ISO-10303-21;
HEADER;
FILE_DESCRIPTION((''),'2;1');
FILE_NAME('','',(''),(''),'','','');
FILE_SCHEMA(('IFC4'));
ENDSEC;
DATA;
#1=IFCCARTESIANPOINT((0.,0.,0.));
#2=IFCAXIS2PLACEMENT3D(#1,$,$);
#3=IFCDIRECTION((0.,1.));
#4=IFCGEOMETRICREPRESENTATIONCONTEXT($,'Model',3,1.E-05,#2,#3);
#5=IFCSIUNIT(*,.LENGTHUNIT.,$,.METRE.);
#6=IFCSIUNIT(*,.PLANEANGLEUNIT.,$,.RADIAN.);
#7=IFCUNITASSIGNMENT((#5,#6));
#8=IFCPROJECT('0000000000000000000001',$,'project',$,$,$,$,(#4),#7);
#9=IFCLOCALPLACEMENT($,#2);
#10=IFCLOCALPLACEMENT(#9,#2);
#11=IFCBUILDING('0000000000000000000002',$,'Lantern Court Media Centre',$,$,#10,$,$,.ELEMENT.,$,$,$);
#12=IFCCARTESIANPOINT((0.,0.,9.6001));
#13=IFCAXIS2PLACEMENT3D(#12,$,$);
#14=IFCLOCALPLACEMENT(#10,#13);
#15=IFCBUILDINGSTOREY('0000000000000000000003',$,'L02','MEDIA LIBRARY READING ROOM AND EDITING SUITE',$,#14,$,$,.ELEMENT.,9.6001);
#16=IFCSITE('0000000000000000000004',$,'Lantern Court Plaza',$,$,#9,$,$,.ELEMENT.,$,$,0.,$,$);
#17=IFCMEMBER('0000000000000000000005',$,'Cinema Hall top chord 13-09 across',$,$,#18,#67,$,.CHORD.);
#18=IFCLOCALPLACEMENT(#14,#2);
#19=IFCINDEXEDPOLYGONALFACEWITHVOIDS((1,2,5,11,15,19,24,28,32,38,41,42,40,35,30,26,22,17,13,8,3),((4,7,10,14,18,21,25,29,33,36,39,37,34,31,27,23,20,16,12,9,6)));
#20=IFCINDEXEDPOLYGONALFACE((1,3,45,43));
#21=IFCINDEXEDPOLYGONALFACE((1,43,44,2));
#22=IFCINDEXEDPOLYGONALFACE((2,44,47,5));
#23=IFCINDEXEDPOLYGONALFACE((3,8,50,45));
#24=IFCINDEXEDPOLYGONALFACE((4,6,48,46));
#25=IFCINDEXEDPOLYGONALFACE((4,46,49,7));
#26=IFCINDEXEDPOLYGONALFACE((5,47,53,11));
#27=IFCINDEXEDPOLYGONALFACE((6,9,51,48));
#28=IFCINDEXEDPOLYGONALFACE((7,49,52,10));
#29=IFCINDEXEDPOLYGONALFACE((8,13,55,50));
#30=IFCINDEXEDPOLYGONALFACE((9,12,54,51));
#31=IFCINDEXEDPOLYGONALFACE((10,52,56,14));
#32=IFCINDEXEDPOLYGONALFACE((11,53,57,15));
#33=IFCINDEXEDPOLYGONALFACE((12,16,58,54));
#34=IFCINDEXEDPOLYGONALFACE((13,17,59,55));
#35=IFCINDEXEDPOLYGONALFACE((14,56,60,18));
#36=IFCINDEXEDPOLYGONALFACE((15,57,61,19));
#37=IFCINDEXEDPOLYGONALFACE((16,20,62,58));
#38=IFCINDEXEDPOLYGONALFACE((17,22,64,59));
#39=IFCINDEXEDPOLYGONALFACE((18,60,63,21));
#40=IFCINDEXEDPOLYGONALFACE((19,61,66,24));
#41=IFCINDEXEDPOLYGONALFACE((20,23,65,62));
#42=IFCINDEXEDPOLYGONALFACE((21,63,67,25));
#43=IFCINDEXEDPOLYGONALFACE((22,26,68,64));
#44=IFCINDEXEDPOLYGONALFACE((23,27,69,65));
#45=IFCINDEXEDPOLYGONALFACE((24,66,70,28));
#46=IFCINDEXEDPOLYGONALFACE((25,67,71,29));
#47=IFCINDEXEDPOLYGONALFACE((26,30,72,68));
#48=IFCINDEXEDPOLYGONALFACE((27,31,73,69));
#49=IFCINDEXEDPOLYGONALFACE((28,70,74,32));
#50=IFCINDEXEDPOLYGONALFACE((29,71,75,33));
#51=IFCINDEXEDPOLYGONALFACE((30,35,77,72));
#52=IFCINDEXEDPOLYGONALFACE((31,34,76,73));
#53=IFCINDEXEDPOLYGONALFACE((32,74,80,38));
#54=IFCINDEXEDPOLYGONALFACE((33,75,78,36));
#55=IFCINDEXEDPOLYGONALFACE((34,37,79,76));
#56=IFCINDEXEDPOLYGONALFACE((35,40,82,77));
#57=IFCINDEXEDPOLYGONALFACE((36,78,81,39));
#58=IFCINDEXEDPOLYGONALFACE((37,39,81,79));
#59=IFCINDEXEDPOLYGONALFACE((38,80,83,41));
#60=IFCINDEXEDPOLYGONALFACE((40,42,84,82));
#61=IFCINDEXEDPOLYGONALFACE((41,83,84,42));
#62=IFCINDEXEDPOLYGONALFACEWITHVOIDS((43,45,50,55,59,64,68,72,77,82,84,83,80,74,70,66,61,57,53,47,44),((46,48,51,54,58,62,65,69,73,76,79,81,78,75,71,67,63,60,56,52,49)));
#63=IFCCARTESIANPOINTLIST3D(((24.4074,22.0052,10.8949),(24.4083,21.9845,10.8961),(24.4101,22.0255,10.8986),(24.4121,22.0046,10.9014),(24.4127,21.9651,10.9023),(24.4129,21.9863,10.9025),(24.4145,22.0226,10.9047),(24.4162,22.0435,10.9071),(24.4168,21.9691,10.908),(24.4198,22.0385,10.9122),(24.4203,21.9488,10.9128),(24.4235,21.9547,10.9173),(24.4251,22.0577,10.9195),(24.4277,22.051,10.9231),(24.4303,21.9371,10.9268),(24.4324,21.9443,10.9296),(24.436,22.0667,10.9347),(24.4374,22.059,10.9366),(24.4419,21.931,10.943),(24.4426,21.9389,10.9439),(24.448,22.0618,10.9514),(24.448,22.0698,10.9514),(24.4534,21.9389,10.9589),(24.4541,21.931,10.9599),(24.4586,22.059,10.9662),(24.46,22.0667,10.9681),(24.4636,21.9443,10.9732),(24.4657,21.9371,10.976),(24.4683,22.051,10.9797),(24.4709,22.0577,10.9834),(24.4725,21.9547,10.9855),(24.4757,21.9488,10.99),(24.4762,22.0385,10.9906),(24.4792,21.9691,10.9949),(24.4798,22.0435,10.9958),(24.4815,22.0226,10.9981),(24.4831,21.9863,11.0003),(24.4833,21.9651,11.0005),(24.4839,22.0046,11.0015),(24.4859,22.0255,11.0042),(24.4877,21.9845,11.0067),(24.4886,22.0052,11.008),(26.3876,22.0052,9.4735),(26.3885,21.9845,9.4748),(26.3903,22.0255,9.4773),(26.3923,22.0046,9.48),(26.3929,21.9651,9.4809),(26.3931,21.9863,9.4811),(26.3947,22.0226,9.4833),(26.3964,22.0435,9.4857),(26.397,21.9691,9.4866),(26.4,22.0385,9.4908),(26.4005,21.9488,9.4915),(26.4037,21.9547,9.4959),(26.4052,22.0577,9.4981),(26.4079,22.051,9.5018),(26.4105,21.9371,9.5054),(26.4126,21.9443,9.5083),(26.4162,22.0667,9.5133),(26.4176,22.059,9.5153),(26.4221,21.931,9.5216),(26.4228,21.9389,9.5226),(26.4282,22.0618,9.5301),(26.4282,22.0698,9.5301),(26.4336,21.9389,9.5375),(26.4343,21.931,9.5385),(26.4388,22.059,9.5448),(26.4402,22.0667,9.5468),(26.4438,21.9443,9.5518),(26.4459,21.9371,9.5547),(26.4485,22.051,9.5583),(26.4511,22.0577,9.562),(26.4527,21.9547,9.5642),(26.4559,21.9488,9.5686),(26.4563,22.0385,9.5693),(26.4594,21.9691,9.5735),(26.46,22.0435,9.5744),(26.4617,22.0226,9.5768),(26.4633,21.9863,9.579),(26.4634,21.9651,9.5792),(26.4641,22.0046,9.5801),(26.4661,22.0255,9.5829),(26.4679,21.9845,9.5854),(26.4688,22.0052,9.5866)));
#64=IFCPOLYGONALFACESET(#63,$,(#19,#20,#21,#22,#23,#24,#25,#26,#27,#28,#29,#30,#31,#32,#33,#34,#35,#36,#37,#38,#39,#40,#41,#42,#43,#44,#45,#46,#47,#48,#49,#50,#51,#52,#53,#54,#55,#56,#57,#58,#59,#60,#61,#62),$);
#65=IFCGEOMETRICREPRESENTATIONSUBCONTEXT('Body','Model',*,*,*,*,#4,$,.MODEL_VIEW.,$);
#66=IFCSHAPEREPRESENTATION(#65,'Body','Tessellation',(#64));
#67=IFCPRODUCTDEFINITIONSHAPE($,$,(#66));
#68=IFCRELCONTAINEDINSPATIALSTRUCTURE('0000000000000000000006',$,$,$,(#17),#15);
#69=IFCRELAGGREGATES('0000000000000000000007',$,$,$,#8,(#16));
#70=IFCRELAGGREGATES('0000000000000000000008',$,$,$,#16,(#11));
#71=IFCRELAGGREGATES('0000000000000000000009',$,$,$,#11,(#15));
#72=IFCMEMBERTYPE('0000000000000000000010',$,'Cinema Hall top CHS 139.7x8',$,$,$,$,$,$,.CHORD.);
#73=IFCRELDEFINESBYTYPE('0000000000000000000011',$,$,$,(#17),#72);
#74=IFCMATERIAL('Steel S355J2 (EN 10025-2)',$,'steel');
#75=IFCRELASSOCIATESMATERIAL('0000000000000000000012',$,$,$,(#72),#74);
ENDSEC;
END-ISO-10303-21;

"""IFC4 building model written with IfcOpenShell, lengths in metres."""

from ifc_helpers import new_model, si_unit, direction, frame, origin, origin_2d, place, context, subcontext, project, spatial, hollow_circle, extrude, material, material_profile, profile_set, type_object, element, save


model = new_model("IFC4")

# Units and contexts
model_context = context("Model", 3, precision=1e-05, world=origin(), true_north=direction((0.0, 1.0)))
body_context = subcontext(model_context, "Body", "Model", "MODEL_VIEW")
ifc_project = project(units=[si_unit("LENGTHUNIT", "METRE"), si_unit("PLANEANGLEUNIT", "RADIAN")], contexts=[model_context])

# Site, building, storey
site_placement = place(None, origin())
site = spatial("IfcSite", under=ifc_project, at=site_placement, Name="Lantern Court Plaza", CompositionType="ELEMENT", RefElevation=0.0)
building_placement = place(site_placement, origin())
building = spatial("IfcBuilding", under=site, at=building_placement, Name="Lantern Court Media Centre", CompositionType="ELEMENT")
storey_placement = place(building_placement, frame((0.0, 0.0, 9.6001)))
storey = spatial("IfcBuildingStorey", under=building, at=storey_placement, Name="L02", Description="MEDIA LIBRARY READING ROOM AND EDITING SUITE", CompositionType="ELEMENT", Elevation=9.6001)

# Member
ifc_material = material(Name="Steel S355J2 (EN 10025-2)", Category="steel")
ifc_material_profile_1 = material_profile(ifc_material, hollow_circle(Radius=0.0698, WallThickness=0.0081, at=origin_2d()), Name="Cinema Hall top CHS 139.7x8")
ifc_profile_set_1 = profile_set([ifc_material_profile_1], Name="Steel S355J2 (EN 10025-2)")
member_type_1 = type_object("IfcMemberType", Name="Cinema Hall top CHS 139.7x8", PredefinedType="CHORD", material=ifc_profile_set_1)
for number, where, z_axis, x_axis, name in (
    (1, (24.448, 22.0, 10.9514), (0.812385, 0.0, -0.583122), (0.0, 1.0, 0.0), "Cinema Hall top chord 13-09 across"),
):
    element("IfcMember", number, at=place(storey_placement, frame(where, z_axis=z_axis, x_axis=x_axis)), inside=storey, type_object=member_type_1, Name=name, PredefinedType="CHORD", context=body_context, shape_type="SweptSolid", body=[
        extrude(hollow_circle(Radius=0.0698, WallThickness=0.0081, at=origin_2d()), origin(), (0.0, 0.0, 1.0), 2.4375),
    ])

save(model, "model.ifc")
